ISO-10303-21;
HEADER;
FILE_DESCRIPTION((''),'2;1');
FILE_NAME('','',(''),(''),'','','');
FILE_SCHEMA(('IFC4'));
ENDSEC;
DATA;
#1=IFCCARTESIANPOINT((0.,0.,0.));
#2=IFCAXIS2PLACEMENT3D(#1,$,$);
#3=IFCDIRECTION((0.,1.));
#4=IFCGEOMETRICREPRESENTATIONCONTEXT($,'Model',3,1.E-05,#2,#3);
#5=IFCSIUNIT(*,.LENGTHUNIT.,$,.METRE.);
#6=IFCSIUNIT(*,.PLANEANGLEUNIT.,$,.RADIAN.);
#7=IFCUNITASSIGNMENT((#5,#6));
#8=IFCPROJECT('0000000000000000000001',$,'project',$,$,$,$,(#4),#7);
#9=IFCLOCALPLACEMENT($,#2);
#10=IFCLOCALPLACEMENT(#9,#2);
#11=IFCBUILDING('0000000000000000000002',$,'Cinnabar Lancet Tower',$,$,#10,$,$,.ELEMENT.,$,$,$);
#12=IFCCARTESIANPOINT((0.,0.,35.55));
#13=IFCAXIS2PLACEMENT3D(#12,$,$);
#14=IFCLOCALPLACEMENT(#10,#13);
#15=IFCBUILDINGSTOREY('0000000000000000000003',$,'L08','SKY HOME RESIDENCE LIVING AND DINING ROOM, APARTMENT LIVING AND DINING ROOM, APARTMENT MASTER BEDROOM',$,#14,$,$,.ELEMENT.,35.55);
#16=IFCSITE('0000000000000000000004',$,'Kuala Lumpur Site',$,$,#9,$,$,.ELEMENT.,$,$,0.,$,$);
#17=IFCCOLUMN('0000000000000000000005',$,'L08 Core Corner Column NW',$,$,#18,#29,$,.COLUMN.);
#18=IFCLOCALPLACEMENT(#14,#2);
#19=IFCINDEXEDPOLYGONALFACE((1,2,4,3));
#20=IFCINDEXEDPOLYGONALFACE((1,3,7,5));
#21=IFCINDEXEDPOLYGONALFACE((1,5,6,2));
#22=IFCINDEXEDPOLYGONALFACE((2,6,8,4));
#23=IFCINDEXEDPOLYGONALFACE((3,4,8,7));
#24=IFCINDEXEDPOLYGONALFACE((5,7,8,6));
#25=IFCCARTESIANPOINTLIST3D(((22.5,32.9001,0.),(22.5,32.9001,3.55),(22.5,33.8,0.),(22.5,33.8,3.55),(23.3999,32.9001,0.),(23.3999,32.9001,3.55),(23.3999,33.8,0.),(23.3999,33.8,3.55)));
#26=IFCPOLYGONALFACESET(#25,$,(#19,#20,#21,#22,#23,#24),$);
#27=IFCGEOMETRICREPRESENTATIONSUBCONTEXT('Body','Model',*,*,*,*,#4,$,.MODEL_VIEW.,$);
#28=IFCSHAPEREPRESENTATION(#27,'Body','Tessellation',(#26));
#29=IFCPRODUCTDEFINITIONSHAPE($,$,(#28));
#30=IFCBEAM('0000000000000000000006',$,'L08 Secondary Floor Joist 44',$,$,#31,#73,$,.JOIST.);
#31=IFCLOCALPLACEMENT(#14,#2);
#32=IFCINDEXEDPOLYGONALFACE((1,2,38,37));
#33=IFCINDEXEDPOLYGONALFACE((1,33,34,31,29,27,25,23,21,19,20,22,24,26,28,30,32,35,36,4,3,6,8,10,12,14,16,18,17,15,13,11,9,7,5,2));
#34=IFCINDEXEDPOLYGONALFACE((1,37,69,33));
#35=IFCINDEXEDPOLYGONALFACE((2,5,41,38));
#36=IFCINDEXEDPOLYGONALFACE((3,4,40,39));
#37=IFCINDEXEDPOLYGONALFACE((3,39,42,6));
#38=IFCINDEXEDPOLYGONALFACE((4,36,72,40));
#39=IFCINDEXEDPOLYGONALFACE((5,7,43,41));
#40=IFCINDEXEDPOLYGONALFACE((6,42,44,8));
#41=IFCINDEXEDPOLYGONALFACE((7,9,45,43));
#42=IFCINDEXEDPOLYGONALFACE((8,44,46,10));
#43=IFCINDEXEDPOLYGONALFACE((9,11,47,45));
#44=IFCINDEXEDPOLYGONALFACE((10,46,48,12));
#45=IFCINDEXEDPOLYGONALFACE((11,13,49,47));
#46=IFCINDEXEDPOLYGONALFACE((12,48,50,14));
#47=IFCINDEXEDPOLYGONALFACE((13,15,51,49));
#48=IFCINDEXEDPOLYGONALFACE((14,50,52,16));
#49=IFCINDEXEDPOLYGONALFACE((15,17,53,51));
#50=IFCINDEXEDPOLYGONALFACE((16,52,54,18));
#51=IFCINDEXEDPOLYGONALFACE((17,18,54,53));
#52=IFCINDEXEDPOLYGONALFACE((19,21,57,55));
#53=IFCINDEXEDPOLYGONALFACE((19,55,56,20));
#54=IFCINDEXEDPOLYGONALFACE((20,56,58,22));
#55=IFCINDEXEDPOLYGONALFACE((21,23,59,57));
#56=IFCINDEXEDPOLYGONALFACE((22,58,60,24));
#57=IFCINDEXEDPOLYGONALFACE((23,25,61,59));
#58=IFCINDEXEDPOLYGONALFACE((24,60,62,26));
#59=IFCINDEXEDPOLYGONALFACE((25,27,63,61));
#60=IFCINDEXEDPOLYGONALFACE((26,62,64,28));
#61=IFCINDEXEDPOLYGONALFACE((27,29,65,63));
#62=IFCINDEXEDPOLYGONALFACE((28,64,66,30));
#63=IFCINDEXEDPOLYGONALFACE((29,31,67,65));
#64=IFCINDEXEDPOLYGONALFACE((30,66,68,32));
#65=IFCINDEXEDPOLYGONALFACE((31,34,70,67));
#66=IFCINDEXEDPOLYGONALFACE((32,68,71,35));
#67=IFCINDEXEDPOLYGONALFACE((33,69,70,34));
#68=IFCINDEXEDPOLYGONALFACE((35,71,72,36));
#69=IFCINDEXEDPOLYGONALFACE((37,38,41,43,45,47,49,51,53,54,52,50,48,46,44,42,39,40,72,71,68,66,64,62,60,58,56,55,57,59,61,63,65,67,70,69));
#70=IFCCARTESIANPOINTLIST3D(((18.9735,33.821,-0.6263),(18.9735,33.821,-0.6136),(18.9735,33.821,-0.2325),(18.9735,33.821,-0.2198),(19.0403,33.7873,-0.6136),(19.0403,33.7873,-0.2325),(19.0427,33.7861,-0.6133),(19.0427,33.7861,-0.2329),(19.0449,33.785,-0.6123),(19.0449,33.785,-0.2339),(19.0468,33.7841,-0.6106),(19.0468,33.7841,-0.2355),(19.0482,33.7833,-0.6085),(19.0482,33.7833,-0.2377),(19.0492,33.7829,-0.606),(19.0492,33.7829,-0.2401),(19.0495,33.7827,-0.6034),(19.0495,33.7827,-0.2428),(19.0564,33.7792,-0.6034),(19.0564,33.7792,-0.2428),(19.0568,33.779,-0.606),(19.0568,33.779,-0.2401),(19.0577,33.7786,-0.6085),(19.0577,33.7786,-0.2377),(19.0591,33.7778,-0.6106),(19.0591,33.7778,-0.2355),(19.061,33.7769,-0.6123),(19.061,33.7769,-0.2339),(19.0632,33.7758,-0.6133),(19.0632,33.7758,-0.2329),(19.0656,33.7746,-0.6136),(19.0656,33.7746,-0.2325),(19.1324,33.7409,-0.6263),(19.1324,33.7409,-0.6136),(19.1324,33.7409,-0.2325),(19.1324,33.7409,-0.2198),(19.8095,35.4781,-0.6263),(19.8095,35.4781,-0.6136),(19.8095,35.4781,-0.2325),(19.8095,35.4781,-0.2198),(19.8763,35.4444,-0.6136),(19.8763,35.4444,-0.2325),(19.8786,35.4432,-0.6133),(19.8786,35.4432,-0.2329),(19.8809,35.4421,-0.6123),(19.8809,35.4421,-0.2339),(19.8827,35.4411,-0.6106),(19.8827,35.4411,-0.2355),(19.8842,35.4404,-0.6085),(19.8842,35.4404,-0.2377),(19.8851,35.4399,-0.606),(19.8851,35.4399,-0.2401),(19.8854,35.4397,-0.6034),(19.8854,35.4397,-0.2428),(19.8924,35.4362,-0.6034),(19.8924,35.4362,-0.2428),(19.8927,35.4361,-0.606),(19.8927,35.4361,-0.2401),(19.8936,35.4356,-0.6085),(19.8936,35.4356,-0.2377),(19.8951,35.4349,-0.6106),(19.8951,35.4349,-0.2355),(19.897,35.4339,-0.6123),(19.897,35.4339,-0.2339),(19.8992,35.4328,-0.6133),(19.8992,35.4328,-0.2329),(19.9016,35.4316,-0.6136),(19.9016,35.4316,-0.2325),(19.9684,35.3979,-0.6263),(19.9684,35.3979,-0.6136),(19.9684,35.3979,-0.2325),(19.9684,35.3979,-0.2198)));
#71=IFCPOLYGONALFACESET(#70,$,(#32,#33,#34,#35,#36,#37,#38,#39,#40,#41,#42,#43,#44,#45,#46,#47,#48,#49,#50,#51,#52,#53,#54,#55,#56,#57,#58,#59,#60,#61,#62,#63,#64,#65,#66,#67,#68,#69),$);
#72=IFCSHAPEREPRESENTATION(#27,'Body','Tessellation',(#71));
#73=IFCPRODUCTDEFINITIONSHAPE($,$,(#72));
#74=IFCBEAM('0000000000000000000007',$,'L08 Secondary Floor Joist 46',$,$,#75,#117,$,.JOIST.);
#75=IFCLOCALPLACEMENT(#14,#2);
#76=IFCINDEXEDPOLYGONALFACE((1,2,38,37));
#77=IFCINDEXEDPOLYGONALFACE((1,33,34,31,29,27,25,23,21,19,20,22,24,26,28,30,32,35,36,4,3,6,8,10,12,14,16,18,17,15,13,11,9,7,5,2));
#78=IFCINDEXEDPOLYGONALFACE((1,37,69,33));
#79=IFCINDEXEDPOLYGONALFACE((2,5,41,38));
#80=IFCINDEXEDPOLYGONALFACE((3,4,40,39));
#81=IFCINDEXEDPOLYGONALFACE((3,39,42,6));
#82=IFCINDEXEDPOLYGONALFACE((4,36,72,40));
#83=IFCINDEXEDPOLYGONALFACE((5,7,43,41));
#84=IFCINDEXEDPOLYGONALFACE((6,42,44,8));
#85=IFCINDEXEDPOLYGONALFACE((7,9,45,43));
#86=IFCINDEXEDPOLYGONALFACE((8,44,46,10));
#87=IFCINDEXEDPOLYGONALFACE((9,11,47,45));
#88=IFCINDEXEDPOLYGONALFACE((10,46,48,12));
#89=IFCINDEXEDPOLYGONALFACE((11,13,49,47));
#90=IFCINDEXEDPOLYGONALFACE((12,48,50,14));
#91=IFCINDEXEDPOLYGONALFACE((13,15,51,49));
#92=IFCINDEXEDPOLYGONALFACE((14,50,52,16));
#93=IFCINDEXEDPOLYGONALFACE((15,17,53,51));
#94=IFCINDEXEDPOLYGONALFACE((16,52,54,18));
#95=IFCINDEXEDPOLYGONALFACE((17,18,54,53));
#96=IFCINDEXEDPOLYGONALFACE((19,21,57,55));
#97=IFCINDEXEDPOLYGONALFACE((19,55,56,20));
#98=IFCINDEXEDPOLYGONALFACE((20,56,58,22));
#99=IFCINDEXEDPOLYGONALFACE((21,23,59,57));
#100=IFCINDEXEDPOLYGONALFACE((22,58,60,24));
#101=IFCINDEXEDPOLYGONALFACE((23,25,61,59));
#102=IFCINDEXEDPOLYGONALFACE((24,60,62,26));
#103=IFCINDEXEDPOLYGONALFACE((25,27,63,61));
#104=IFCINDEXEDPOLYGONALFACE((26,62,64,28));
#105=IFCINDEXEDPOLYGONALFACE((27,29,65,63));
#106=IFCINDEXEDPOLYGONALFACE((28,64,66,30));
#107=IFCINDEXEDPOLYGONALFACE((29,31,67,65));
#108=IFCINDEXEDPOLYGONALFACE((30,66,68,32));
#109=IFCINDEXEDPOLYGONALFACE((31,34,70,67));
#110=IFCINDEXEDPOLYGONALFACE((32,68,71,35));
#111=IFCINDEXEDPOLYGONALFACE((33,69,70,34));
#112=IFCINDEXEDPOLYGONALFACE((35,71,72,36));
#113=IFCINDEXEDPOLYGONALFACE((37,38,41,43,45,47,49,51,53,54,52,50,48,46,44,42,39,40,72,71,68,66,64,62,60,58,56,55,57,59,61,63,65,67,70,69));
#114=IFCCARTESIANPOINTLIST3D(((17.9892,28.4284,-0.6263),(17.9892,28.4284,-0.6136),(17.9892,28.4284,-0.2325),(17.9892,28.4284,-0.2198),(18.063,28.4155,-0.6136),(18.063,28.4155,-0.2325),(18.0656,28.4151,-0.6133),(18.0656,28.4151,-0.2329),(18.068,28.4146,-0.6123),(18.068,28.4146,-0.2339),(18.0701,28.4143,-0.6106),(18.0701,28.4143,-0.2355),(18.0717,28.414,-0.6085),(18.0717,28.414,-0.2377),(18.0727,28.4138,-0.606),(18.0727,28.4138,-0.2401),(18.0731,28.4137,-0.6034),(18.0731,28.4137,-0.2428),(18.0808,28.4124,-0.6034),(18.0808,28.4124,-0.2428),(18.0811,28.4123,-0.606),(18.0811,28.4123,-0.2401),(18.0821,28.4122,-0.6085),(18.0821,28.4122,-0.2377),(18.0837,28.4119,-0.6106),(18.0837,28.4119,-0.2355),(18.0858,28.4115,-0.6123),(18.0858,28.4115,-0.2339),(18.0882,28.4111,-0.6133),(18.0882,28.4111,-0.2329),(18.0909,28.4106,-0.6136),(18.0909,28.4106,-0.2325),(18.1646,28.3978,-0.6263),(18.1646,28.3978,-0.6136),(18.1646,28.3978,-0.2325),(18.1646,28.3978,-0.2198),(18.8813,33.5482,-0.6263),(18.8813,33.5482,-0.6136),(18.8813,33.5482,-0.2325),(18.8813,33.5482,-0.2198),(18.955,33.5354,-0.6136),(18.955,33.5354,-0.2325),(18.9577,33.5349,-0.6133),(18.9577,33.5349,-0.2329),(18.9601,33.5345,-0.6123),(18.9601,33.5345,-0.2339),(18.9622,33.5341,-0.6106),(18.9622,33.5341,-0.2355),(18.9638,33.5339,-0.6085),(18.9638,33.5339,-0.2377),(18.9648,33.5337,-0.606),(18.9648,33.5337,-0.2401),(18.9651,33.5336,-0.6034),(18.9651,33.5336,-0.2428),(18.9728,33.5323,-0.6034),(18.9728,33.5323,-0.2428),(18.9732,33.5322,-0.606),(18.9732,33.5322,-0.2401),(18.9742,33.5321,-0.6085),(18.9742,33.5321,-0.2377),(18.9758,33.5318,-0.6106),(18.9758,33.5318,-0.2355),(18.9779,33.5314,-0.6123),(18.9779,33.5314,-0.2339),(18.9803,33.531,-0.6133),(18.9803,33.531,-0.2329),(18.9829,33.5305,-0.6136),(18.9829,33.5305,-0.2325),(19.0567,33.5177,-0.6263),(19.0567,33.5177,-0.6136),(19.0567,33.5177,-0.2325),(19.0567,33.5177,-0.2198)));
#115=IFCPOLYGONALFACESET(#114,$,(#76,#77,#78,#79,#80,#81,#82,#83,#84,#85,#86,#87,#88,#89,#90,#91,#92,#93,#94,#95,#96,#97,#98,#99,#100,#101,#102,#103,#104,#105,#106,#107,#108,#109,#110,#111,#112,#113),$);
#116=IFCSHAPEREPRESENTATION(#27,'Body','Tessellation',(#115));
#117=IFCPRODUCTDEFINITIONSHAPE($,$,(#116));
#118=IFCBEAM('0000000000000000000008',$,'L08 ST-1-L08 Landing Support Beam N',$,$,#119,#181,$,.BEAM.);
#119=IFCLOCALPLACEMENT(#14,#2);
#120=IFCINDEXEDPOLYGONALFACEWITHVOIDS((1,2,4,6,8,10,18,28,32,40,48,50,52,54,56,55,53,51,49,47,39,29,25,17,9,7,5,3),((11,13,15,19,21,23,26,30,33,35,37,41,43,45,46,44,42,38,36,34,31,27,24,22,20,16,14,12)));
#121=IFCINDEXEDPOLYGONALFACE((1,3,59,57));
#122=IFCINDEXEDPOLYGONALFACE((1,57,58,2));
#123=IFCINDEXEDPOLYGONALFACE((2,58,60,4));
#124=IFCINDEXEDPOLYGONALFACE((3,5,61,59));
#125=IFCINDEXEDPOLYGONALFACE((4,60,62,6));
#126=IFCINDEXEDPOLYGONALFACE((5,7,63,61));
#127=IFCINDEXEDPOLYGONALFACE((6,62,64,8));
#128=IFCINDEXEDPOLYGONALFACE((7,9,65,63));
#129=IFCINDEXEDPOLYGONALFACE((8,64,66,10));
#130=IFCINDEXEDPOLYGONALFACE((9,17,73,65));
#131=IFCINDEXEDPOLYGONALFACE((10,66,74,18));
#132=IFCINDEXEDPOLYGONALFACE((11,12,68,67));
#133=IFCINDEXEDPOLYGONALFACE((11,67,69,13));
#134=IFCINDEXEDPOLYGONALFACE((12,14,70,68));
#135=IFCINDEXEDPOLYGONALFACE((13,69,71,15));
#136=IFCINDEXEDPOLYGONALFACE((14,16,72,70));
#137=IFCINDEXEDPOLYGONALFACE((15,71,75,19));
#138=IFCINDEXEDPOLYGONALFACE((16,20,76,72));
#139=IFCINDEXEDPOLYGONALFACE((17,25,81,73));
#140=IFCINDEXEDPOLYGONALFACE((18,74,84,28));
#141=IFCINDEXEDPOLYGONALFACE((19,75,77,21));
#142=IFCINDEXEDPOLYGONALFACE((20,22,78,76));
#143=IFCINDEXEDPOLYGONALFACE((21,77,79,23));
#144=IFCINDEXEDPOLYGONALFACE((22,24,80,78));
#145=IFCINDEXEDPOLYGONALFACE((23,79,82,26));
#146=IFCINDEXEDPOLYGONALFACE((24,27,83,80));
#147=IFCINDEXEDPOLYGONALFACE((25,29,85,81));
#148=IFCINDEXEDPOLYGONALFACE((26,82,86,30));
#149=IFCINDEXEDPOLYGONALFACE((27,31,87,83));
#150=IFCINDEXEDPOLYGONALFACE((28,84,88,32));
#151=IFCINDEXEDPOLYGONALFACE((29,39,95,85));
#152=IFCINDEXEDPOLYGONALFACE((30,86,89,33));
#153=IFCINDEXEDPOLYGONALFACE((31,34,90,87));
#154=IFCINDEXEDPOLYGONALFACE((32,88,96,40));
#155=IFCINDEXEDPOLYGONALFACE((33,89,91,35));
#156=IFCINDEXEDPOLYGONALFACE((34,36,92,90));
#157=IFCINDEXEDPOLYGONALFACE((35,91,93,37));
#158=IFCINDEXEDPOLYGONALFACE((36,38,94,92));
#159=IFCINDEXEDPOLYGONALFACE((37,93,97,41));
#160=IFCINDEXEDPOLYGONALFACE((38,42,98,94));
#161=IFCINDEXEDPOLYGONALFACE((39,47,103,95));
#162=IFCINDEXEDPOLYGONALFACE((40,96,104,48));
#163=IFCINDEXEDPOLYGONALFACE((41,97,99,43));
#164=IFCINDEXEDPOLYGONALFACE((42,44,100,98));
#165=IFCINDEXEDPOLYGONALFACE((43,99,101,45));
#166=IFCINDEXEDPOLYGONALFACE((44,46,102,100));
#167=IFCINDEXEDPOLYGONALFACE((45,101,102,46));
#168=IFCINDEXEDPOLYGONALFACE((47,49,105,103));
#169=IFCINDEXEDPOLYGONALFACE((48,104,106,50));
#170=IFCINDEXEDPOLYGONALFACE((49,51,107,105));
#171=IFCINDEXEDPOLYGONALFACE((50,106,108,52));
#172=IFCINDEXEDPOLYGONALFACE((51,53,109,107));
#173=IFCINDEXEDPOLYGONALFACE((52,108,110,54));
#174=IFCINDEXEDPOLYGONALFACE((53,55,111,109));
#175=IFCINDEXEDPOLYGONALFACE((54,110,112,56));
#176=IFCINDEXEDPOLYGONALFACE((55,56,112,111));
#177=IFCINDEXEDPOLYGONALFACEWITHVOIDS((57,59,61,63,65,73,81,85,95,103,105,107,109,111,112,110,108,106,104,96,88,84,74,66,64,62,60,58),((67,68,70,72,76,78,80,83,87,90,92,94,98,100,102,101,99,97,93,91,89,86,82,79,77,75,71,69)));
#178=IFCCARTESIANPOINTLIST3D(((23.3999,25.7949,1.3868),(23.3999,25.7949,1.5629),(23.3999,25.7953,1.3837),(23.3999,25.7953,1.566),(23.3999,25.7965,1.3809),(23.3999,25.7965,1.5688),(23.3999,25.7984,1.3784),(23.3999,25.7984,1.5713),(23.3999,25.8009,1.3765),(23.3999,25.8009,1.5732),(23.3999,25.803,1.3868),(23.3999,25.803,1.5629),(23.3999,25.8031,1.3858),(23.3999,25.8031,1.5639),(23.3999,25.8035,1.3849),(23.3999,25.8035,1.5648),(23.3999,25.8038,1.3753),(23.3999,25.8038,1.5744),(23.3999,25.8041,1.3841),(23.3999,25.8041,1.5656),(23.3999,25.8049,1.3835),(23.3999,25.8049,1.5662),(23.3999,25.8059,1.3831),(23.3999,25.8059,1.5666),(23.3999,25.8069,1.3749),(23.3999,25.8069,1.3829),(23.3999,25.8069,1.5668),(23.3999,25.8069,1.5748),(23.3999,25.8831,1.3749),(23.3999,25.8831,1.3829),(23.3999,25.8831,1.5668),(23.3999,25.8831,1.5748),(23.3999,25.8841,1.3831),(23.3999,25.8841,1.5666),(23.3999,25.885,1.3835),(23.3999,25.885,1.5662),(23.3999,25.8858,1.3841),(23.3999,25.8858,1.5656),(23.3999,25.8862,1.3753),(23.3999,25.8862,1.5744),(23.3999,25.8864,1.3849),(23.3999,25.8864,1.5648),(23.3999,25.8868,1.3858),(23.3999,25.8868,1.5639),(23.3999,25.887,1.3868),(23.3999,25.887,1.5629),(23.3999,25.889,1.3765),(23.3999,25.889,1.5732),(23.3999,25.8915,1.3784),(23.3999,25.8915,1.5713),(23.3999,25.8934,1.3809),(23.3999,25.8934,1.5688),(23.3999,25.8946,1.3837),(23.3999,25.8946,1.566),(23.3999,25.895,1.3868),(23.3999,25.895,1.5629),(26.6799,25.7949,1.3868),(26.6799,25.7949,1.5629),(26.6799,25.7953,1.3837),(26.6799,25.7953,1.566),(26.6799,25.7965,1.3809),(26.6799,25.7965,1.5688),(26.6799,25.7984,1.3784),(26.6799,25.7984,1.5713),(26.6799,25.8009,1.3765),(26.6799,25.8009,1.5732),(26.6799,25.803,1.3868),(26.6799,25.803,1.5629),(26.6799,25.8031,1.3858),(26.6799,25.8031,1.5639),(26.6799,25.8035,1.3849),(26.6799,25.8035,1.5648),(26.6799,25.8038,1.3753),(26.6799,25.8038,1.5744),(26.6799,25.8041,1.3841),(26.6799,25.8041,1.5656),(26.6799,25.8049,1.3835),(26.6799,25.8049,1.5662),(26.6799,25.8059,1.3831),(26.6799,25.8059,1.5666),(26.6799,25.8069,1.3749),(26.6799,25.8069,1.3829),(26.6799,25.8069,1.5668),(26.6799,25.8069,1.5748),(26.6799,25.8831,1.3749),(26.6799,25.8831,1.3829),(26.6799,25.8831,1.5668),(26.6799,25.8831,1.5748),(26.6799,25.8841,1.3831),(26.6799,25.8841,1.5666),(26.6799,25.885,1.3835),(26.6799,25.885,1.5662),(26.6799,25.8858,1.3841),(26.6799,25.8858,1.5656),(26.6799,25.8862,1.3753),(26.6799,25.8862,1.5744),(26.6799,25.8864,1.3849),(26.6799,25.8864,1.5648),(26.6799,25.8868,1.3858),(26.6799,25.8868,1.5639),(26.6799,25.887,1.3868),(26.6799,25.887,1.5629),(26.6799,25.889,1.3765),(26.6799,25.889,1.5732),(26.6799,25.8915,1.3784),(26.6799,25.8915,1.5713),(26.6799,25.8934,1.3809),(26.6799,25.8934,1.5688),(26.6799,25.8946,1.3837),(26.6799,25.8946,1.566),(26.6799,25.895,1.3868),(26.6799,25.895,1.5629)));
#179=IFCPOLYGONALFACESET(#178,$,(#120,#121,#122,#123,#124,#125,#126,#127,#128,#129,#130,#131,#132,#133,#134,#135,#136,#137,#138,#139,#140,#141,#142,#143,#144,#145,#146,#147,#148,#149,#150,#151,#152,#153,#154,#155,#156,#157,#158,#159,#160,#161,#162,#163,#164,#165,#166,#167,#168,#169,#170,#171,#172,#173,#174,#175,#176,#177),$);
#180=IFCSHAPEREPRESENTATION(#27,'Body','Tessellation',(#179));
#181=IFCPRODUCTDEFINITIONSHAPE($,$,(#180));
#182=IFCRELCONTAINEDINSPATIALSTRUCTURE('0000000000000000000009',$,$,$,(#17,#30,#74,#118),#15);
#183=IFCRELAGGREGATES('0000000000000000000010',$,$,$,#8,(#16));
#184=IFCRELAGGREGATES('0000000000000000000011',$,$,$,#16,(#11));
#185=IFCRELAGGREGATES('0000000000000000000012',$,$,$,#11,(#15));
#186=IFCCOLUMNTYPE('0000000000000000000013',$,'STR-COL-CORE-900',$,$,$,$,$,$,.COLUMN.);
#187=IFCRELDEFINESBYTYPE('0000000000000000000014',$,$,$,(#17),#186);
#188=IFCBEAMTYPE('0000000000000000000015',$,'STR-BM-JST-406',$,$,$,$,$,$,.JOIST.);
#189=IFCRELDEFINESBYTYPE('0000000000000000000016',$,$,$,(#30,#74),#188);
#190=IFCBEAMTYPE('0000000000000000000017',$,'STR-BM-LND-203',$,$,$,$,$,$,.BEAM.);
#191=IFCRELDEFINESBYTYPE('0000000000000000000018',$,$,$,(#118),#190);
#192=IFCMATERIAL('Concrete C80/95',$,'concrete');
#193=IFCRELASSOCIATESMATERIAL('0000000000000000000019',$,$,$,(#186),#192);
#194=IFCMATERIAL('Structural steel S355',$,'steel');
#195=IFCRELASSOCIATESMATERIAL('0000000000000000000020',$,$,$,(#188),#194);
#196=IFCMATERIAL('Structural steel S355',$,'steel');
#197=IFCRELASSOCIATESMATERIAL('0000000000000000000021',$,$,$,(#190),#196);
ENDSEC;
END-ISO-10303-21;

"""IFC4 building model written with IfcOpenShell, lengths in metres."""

from ifc_helpers import new_model, si_unit, direction, frame, origin, origin_2d, place, context, subcontext, project, spatial, rectangle, hollow_rectangle, i_section, extrude, material, material_profile, profile_set, type_object, element, save


model = new_model("IFC4")

# Units and contexts
model_context = context("Model", 3, precision=1e-05, world=origin(), true_north=direction((0.0, 1.0)))
body_context = subcontext(model_context, "Body", "Model", "MODEL_VIEW")
ifc_project = project(units=[si_unit("LENGTHUNIT", "METRE"), si_unit("PLANEANGLEUNIT", "RADIAN")], contexts=[model_context])

# Site, building, storey
site_placement = place(None, origin())
site = spatial("IfcSite", under=ifc_project, at=site_placement, Name="Kuala Lumpur Site", CompositionType="ELEMENT", RefElevation=0.0)
building_placement = place(site_placement, origin())
building = spatial("IfcBuilding", under=site, at=building_placement, Name="Cinnabar Lancet Tower", CompositionType="ELEMENT")
storey_placement = place(building_placement, frame((0.0, 0.0, 35.55)))
storey = spatial("IfcBuildingStorey", under=building, at=storey_placement, Name="L08", Description="SKY HOME RESIDENCE LIVING AND DINING ROOM, APARTMENT LIVING AND DINING ROOM, APARTMENT MASTER BEDROOM", CompositionType="ELEMENT", Elevation=35.55)

# Column
ifc_material_1 = material(Name="Concrete C80/95", Category="concrete")
ifc_material_profile_1 = material_profile(ifc_material_1, rectangle(XDim=0.8999, YDim=0.8999, at=origin_2d()), Name="RC-COL 900x900")
ifc_profile_set_1 = profile_set([ifc_material_profile_1], Name="Concrete C80/95")
column_type = type_object("IfcColumnType", Name="STR-COL-CORE-900", PredefinedType="COLUMN", material=ifc_profile_set_1)
column_placement = place(storey_placement, frame((22.95, 33.3501, 0.0), z_axis=(0.0, 0.0, 1.0), x_axis=(1.0, 0.0, 0.0)))
element("IfcColumn", 1, at=column_placement, inside=storey, type_object=column_type, Name="L08 Core Corner Column NW", PredefinedType="COLUMN", context=body_context, shape_type="SweptSolid", body=[
    extrude(rectangle(XDim=0.8999, YDim=0.8999, at=origin_2d()), origin(), (0.0, 0.0, 1.0), 3.55),
])

# Beams
ifc_material_2 = material(Name="Structural steel S355", Category="steel")
ifc_material_profile_2 = material_profile(ifc_material_2, i_section(OverallWidth=0.178, OverallDepth=0.4065, WebThickness=0.0078, FlangeThickness=0.0127, FilletRadius=0.0103, at=origin_2d()), Name="UKB 406x178x60")
ifc_profile_set_2 = profile_set([ifc_material_profile_2], Name="Structural steel S355")
beam_type_1 = type_object("IfcBeamType", Name="STR-BM-JST-406", PredefinedType="JOIST", material=ifc_profile_set_2)
beam_1_placement = place(storey_placement, frame((19.8889, 35.438, -0.4231), z_axis=(-0.45042, -0.892817, 0.0), x_axis=(0.892817, -0.45042, 0.0)))
element("IfcBeam", 2, at=beam_1_placement, inside=storey, type_object=beam_type_1, Name="L08 Secondary Floor Joist 44", PredefinedType="JOIST", context=body_context, shape_type="SweptSolid", body=[
    extrude(i_section(OverallWidth=0.178, OverallDepth=0.4065, WebThickness=0.0078, FlangeThickness=0.0127, FilletRadius=0.0103, at=origin_2d()), origin(), (0.0, 0.0, 1.0), 1.856),
])
beam_2_placement = place(storey_placement, frame((18.969, 33.533, -0.4231), z_axis=(-0.171654, -0.985157, 0.0), x_axis=(0.985157, -0.171654, 0.0)))
element("IfcBeam", 3, at=beam_2_placement, inside=storey, type_object=beam_type_1, Name="L08 Secondary Floor Joist 46", PredefinedType="JOIST", context=body_context, shape_type="SweptSolid", body=[
    extrude(i_section(OverallWidth=0.178, OverallDepth=0.4065, WebThickness=0.0078, FlangeThickness=0.0127, FilletRadius=0.0103, at=origin_2d()), origin(), (0.0, 0.0, 1.0), 5.197),
])
ifc_material_3 = material(Name="Structural steel S355", Category="steel")
ifc_material_profile_3 = material_profile(ifc_material_3, hollow_rectangle(XDim=0.1001, YDim=0.2, WallThickness=0.0081, InnerFilletRadius=0.0039, OuterFilletRadius=0.012, at=origin_2d()), Name="RHS 200x100x8")
ifc_profile_set_3 = profile_set([ifc_material_profile_3], Name="Structural steel S355")
beam_type_2 = type_object("IfcBeamType", Name="STR-BM-LND-203", PredefinedType="BEAM", material=ifc_profile_set_3)
beam_3_placement = place(storey_placement, frame((23.3999, 25.845, 1.4749), z_axis=(1.0, 0.0, 0.0), x_axis=(0.0, 1.0, 0.0)))
element("IfcBeam", 4, at=beam_3_placement, inside=storey, type_object=beam_type_2, Name="L08 ST-1-L08 Landing Support Beam N", PredefinedType="BEAM", context=body_context, shape_type="SweptSolid", body=[
    extrude(hollow_rectangle(XDim=0.1001, YDim=0.2, WallThickness=0.0081, InnerFilletRadius=0.0039, OuterFilletRadius=0.012, at=origin_2d()), origin(), (0.0, 0.0, 1.0), 3.28),
])

save(model, "model.ifc")
